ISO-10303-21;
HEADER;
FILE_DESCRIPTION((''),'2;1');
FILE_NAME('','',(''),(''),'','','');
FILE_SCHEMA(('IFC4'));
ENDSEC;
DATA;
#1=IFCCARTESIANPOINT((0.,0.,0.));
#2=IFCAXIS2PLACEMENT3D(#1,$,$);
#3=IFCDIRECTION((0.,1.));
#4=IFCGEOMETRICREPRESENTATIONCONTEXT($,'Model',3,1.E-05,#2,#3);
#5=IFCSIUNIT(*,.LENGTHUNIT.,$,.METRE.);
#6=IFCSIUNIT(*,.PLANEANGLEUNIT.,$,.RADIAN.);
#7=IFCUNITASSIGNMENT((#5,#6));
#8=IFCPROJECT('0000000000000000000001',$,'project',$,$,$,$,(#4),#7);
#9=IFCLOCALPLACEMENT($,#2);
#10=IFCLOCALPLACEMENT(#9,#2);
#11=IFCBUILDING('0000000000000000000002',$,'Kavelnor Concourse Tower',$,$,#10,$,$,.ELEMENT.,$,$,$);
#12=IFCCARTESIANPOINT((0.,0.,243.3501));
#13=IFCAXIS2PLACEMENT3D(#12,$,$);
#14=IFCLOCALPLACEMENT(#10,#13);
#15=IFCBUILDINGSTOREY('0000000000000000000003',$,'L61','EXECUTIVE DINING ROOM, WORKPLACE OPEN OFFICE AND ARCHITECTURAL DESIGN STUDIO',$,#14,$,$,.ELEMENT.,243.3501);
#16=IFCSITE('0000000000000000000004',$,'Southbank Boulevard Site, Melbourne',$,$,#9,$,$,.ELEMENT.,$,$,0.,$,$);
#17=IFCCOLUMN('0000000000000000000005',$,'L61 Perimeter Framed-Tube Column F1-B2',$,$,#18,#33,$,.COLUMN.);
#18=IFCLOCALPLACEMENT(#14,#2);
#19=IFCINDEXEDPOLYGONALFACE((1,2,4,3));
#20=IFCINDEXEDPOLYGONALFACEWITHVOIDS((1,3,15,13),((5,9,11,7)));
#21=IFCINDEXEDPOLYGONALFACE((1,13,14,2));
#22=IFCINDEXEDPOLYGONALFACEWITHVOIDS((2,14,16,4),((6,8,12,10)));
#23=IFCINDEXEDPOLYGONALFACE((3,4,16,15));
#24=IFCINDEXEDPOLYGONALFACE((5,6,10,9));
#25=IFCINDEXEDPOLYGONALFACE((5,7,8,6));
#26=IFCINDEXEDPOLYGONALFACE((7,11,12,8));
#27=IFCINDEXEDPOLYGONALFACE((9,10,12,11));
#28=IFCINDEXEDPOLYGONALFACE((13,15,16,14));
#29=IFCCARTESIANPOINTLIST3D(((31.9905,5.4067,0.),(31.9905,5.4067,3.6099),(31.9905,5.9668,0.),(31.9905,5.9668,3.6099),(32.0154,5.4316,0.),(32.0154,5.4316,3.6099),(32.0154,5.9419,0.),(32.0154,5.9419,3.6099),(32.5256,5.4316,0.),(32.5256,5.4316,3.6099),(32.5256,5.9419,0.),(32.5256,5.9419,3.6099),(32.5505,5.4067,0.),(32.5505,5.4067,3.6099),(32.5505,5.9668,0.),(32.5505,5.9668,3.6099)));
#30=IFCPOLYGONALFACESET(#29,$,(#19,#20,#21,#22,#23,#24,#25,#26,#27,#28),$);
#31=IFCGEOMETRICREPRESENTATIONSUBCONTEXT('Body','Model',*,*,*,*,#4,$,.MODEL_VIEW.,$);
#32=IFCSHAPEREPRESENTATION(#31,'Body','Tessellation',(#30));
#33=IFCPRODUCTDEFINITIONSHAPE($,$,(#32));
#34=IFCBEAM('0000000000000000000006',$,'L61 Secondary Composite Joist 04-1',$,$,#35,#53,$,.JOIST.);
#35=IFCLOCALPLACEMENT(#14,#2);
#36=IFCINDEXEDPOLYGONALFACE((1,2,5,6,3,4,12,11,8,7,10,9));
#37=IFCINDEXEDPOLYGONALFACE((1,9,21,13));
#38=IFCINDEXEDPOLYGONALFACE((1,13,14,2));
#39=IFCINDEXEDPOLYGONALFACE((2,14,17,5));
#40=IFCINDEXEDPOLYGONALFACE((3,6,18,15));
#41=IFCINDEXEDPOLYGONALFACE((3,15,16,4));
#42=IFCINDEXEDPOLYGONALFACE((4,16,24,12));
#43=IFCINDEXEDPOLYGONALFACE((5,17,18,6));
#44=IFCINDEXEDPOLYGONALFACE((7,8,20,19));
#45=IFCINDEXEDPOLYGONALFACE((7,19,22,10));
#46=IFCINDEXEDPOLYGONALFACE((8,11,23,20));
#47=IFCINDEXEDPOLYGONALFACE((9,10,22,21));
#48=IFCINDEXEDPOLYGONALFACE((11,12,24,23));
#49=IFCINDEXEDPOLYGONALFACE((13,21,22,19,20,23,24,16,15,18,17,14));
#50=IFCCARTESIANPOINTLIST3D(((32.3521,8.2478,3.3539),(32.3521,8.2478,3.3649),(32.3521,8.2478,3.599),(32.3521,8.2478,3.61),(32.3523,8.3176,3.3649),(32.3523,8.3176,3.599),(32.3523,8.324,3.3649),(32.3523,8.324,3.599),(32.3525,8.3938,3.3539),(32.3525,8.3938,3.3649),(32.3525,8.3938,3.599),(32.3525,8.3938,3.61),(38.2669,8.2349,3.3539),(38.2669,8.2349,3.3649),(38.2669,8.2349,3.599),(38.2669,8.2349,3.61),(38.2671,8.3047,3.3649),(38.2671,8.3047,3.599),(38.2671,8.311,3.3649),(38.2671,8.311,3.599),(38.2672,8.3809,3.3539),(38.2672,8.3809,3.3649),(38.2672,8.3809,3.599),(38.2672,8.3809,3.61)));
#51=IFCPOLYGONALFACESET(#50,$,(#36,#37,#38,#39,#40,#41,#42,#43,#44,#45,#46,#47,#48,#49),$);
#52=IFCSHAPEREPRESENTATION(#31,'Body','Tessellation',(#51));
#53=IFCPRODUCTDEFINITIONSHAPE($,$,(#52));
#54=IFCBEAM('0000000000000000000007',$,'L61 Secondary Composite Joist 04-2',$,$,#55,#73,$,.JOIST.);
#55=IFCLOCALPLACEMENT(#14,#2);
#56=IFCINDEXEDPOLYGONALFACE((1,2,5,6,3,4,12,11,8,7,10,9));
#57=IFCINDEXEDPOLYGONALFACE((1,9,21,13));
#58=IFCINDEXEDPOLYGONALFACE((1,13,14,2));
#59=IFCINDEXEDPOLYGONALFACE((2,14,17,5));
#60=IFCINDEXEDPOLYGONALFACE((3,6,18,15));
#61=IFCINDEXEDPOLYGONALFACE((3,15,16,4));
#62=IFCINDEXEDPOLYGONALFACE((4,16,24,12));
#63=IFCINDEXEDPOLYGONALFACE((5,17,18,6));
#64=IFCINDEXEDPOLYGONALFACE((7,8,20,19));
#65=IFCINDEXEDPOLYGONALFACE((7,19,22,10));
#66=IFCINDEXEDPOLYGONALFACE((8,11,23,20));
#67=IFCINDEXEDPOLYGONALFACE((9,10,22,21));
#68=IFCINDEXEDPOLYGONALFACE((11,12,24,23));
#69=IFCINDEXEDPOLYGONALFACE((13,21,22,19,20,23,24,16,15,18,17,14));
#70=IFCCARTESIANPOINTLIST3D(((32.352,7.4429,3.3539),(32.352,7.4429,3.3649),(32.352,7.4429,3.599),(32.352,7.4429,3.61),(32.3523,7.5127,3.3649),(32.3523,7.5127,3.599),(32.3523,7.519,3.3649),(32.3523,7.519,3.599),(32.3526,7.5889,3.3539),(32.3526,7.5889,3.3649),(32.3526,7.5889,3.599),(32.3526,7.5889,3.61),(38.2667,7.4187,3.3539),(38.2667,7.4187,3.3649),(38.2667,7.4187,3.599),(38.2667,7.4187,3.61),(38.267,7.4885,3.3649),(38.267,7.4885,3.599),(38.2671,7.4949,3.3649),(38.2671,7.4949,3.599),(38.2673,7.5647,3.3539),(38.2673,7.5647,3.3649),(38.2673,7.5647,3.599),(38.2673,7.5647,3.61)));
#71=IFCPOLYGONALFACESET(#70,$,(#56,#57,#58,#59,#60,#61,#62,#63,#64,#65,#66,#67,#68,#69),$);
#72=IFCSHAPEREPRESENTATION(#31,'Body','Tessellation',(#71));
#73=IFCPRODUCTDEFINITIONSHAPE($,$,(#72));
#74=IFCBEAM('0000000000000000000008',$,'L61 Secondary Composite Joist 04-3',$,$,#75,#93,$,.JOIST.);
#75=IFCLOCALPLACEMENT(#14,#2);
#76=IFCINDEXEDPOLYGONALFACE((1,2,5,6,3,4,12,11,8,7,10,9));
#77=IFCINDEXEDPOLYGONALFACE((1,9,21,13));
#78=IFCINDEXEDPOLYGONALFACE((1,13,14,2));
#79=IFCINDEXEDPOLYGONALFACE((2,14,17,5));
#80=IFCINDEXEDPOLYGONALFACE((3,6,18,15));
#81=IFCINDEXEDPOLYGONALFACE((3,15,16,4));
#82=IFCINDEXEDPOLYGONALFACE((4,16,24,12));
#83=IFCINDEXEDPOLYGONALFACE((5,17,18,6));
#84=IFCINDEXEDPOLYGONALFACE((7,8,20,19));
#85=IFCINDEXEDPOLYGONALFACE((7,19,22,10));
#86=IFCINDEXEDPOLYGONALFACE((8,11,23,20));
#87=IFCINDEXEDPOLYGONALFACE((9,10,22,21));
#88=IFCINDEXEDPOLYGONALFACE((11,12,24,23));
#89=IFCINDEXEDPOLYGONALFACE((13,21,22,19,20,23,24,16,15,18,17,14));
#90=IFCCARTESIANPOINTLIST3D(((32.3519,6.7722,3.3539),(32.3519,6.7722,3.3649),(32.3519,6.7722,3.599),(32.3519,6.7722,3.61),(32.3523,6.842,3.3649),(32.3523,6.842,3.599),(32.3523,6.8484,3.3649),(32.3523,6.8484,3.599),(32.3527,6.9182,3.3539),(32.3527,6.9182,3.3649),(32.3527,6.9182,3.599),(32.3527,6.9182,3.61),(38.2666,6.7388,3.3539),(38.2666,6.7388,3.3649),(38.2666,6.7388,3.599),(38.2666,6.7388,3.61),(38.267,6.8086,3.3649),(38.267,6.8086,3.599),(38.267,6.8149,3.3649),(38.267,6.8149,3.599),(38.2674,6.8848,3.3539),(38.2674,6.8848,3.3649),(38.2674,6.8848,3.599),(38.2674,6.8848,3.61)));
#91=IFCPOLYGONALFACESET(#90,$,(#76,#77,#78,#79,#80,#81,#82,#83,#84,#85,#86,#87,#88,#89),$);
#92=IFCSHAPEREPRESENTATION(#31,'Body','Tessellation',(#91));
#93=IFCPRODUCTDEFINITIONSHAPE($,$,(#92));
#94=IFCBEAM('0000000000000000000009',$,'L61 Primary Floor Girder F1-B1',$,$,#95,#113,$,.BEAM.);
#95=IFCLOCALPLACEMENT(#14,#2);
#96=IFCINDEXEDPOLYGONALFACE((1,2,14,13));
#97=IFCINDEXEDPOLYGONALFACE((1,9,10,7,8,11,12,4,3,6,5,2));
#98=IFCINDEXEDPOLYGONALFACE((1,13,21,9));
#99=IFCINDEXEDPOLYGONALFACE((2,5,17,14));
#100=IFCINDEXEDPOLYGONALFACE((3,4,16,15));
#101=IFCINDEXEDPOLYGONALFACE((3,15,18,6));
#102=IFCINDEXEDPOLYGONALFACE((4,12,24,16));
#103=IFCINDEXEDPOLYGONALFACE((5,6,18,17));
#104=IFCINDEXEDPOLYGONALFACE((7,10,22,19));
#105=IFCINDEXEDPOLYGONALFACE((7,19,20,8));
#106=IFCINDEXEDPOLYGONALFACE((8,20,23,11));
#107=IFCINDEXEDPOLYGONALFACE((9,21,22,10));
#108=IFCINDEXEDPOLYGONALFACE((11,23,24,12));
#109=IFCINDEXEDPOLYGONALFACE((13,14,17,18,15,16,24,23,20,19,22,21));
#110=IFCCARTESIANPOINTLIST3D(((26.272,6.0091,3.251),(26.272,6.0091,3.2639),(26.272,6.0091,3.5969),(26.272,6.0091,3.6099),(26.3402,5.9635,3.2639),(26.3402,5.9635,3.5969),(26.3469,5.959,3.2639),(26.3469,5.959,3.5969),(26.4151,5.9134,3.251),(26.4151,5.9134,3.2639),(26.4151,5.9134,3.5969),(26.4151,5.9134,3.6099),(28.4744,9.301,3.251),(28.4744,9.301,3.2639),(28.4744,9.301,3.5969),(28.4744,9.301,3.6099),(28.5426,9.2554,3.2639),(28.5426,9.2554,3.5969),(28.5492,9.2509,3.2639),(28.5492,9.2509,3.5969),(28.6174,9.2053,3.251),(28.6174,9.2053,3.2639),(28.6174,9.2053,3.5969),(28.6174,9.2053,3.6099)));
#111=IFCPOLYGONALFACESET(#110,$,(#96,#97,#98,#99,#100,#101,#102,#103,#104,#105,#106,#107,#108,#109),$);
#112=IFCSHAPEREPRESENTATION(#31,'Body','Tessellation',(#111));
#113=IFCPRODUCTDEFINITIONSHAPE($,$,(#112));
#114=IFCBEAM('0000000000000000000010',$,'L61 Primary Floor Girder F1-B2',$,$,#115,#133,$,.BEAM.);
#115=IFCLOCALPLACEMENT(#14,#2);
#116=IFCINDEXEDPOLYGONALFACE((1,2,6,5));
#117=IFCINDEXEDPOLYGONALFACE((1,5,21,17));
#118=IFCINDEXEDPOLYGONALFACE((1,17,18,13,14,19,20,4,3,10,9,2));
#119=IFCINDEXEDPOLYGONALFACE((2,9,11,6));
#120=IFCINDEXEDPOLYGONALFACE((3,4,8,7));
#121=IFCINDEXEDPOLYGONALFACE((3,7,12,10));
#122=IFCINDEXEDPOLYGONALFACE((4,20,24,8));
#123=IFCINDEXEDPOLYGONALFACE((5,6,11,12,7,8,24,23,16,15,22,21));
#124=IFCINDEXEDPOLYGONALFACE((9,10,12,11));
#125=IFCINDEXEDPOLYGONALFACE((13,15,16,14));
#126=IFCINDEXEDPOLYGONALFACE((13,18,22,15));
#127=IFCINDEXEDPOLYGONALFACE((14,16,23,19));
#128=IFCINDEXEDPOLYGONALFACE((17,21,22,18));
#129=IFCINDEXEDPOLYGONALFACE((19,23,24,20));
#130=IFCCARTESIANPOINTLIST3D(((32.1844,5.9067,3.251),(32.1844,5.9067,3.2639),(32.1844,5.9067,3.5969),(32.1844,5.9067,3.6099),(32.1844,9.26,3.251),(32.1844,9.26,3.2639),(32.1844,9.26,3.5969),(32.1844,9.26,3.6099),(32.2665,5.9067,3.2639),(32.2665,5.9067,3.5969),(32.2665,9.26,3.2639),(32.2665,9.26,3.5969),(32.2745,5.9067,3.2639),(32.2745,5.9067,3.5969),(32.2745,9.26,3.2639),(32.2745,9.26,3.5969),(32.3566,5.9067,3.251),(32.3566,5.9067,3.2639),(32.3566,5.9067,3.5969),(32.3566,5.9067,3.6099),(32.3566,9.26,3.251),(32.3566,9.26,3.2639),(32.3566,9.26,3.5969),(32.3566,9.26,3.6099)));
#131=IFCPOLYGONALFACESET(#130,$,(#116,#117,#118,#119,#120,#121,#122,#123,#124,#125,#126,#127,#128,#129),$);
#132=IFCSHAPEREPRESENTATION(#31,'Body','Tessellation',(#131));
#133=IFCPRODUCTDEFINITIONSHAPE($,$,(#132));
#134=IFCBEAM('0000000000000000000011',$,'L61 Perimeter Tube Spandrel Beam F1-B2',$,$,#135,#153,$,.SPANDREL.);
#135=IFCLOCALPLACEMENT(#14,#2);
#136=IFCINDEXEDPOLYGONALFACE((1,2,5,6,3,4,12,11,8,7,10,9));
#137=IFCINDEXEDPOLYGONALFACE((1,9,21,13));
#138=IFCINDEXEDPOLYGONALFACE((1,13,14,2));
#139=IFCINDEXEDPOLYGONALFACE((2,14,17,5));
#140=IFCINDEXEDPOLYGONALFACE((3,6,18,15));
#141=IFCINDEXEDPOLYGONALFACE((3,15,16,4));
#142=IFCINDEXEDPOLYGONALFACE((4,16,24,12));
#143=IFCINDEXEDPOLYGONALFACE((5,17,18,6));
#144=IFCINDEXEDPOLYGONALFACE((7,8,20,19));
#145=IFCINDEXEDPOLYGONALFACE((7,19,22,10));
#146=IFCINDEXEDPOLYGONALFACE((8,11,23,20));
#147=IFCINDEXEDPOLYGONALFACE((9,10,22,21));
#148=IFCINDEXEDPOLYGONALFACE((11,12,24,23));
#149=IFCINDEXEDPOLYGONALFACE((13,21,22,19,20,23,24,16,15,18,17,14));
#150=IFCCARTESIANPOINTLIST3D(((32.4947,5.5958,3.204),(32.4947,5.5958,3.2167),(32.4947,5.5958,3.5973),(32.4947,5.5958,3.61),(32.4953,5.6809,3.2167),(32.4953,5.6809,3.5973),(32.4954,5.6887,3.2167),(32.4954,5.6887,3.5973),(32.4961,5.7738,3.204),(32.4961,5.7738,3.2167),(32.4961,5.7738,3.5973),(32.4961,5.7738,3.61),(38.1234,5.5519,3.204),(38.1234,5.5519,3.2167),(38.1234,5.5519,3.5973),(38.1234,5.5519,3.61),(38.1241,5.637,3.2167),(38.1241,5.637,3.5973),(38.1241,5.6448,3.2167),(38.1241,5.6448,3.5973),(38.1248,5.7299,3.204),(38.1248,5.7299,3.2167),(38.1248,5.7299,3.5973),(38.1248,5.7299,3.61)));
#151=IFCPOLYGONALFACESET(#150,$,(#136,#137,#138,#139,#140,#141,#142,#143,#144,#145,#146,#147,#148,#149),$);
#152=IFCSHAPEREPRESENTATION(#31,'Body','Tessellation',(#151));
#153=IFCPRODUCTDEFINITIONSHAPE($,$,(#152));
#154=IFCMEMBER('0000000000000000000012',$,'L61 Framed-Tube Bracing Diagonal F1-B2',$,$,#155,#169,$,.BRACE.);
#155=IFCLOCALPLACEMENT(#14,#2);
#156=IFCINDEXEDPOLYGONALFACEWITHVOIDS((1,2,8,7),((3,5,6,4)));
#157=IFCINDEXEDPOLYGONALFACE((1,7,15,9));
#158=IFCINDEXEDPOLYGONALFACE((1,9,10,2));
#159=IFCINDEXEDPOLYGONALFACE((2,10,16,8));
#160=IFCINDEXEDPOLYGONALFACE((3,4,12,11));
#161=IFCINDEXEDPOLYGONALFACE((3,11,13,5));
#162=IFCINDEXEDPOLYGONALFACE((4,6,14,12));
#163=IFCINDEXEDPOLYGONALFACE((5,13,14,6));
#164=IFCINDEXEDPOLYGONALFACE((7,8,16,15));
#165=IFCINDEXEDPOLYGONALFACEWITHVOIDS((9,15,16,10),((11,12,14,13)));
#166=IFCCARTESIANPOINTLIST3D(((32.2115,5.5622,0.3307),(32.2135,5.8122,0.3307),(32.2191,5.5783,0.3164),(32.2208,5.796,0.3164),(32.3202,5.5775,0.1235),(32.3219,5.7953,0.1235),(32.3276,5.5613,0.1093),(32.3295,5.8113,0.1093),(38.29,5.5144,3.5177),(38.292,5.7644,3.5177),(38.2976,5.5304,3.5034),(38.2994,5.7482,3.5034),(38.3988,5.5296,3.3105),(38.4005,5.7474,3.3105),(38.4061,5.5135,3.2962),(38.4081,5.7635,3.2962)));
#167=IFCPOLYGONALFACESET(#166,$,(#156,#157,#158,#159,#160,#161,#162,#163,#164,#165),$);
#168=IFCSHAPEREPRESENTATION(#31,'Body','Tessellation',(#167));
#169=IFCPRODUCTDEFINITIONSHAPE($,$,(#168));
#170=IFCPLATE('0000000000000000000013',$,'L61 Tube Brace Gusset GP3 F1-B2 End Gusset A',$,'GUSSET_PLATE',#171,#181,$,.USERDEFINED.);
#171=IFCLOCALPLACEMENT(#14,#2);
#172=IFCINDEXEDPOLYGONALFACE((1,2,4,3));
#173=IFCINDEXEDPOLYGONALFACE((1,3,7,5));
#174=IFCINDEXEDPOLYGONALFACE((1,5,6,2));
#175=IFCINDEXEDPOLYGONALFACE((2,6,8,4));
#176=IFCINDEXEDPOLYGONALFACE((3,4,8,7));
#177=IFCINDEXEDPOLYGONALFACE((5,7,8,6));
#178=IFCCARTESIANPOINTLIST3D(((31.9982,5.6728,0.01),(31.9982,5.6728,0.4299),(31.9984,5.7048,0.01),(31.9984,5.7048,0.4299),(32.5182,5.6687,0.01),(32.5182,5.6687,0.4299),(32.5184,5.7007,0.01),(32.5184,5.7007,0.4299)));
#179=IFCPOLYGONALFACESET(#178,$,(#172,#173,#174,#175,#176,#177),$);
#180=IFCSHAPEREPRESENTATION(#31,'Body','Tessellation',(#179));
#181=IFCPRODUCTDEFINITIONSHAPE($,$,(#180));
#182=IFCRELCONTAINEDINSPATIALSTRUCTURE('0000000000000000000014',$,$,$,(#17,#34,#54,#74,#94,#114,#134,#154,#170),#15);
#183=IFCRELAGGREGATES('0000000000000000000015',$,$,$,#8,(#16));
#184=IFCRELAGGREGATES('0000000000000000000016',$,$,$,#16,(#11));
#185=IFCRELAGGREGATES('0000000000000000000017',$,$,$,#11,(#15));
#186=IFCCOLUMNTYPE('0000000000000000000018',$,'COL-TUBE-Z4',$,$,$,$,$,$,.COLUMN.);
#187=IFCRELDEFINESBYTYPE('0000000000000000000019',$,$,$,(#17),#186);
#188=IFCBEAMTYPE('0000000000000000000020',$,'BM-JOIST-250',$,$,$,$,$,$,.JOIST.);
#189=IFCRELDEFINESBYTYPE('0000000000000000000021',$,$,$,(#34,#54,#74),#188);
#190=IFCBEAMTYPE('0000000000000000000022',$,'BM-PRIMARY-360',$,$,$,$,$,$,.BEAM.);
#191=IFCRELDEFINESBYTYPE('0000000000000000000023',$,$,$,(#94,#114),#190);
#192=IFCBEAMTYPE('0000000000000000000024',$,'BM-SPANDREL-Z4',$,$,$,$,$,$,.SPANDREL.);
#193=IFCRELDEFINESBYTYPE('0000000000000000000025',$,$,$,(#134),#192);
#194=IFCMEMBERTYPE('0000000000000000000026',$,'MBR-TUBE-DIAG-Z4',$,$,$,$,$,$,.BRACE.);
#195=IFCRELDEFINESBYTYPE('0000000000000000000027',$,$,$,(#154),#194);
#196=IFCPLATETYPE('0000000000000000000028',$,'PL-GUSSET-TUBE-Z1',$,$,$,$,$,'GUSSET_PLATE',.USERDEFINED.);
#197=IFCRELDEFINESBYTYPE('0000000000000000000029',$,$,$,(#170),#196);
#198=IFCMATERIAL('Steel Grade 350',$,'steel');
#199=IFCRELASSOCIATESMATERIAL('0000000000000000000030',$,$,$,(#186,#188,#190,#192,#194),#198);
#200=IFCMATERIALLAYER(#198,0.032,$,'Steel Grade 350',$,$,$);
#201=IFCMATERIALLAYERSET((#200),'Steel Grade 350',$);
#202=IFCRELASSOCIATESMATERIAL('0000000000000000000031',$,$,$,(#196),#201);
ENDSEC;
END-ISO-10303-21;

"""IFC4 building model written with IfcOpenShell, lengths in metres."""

from ifc_helpers import new_model, si_unit, direction, frame, origin, origin_2d, place, context, subcontext, project, spatial, rectangle, hollow_rectangle, i_section, extrude, material, layer, layer_set, material_profile, profile_set, type_object, element, save


model = new_model("IFC4")

# Units and contexts
model_context = context("Model", 3, precision=1e-05, world=origin(), true_north=direction((0.0, 1.0)))
body_context = subcontext(model_context, "Body", "Model", "MODEL_VIEW")
ifc_project = project(units=[si_unit("LENGTHUNIT", "METRE"), si_unit("PLANEANGLEUNIT", "RADIAN")], contexts=[model_context])

# Site, building, storey
site_placement = place(None, origin())
site = spatial("IfcSite", under=ifc_project, at=site_placement, Name="Southbank Boulevard Site, Melbourne", CompositionType="ELEMENT", RefElevation=0.0)
building_placement = place(site_placement, origin())
building = spatial("IfcBuilding", under=site, at=building_placement, Name="Kavelnor Concourse Tower", CompositionType="ELEMENT")
storey_placement = place(building_placement, frame((0.0, 0.0, 243.3501)))
storey = spatial("IfcBuildingStorey", under=building, at=storey_placement, Name="L61", Description="EXECUTIVE DINING ROOM, WORKPLACE OPEN OFFICE AND ARCHITECTURAL DESIGN STUDIO", CompositionType="ELEMENT", Elevation=243.3501)

# Column
ifc_material_1 = material(Name="Steel Grade 350", Category="steel")
ifc_material_profile_1 = material_profile(ifc_material_1, hollow_rectangle(XDim=0.5601, YDim=0.5601, WallThickness=0.0249, at=origin_2d()), Name="SHS 560x560x25")
ifc_profile_set_1 = profile_set([ifc_material_profile_1], Name="Steel Grade 350")
column_type = type_object("IfcColumnType", Name="COL-TUBE-Z4", PredefinedType="COLUMN", material=ifc_profile_set_1)
column_placement = place(storey_placement, frame((32.2705, 5.6868, 0.0), z_axis=(0.0, 0.0, 1.0), x_axis=(1.0, 0.0, 0.0)))
element("IfcColumn", 1, at=column_placement, inside=storey, type_object=column_type, Name="L61 Perimeter Framed-Tube Column F1-B2", PredefinedType="COLUMN", context=body_context, shape_type="SweptSolid", body=[
    extrude(hollow_rectangle(XDim=0.5601, YDim=0.5601, WallThickness=0.0249, at=origin_2d()), origin(), (0.0, 0.0, 1.0), 3.6099),
])

# Beams
ifc_material_profile_2 = material_profile(ifc_material_1, i_section(OverallWidth=0.146, OverallDepth=0.2561, WebThickness=0.0063, FlangeThickness=0.011, at=origin_2d()), Name="250UB37")
ifc_profile_set_2 = profile_set([ifc_material_profile_2], Name="Steel Grade 350")
beam_type_1 = type_object("IfcBeamType", Name="BM-JOIST-250", PredefinedType="JOIST", material=ifc_profile_set_2)
for number, where, z_axis, x_axis, name in (
    (2, (32.3523, 8.3208, 3.4819), (0.999998, -0.002188, 0.0), (0.002188, 0.999998, 0.0), "L61 Secondary Composite Joist 04-1"),
    (3, (32.3523, 7.5159, 3.4819), (0.999992, -0.004086, 0.0), (0.004086, 0.999992, 0.0), "L61 Secondary Composite Joist 04-2"),
    (4, (32.3523, 6.8452, 3.4819), (0.999984, -0.005655, 0.0), (0.005655, 0.999984, 0.0), "L61 Secondary Composite Joist 04-3"),
):
    element("IfcBeam", number, at=place(storey_placement, frame(where, z_axis=z_axis, x_axis=x_axis)), inside=storey, type_object=beam_type_1, Name=name, PredefinedType="JOIST", context=body_context, shape_type="SweptSolid", body=[
        extrude(i_section(OverallWidth=0.146, OverallDepth=0.2561, WebThickness=0.0063, FlangeThickness=0.011, at=origin_2d()), origin(), (0.0, 0.0, 1.0), 5.9148),
    ])
ifc_material_profile_3 = material_profile(ifc_material_1, i_section(OverallWidth=0.1721, OverallDepth=0.3589, WebThickness=0.0081, FlangeThickness=0.0129, at=origin_2d()), Name="360UB56")
ifc_profile_set_3 = profile_set([ifc_material_profile_3], Name="Steel Grade 350")
beam_type_2 = type_object("IfcBeamType", Name="BM-PRIMARY-360", PredefinedType="BEAM", material=ifc_profile_set_3)
beam_1_placement = place(storey_placement, frame((28.5459, 9.2532, 3.4304), z_axis=(-0.556051, -0.831148, 0.0), x_axis=(0.831148, -0.556051, 0.0)))
element("IfcBeam", 5, at=beam_1_placement, inside=storey, type_object=beam_type_2, Name="L61 Primary Floor Girder F1-B1", PredefinedType="BEAM", context=body_context, shape_type="SweptSolid", body=[
    extrude(i_section(OverallWidth=0.1721, OverallDepth=0.3589, WebThickness=0.0081, FlangeThickness=0.0129, at=origin_2d()), origin(), (0.0, 0.0, 1.0), 3.9607),
])
beam_2_placement = place(storey_placement, frame((32.2705, 9.26, 3.4304), z_axis=(0.0, -1.0, 0.0), x_axis=(1.0, 0.0, 0.0)))
element("IfcBeam", 6, at=beam_2_placement, inside=storey, type_object=beam_type_2, Name="L61 Primary Floor Girder F1-B2", PredefinedType="BEAM", context=body_context, shape_type="SweptSolid", body=[
    extrude(i_section(OverallWidth=0.1721, OverallDepth=0.3589, WebThickness=0.0081, FlangeThickness=0.0129, at=origin_2d()), origin(), (0.0, 0.0, 1.0), 3.3533),
])
ifc_material_profile_4 = material_profile(ifc_material_1, i_section(OverallWidth=0.178, OverallDepth=0.406, WebThickness=0.0078, FlangeThickness=0.0127, at=origin_2d()), Name="410UB59")
ifc_profile_set_4 = profile_set([ifc_material_profile_4], Name="Steel Grade 350")
beam_type_3 = type_object("IfcBeamType", Name="BM-SPANDREL-Z4", PredefinedType="SPANDREL", material=ifc_profile_set_4)
beam_3_placement = place(storey_placement, frame((32.4954, 5.6848, 3.407), z_axis=(0.99997, -0.007807, 0.0), x_axis=(0.007807, 0.99997, 0.0)))
element("IfcBeam", 7, at=beam_3_placement, inside=storey, type_object=beam_type_3, Name="L61 Perimeter Tube Spandrel Beam F1-B2", PredefinedType="SPANDREL", context=body_context, shape_type="SweptSolid", body=[
    extrude(i_section(OverallWidth=0.178, OverallDepth=0.406, WebThickness=0.0078, FlangeThickness=0.0127, at=origin_2d()), origin(), (0.0, 0.0, 1.0), 5.6289),
])

# Member
ifc_material_profile_5 = material_profile(ifc_material_1, hollow_rectangle(XDim=0.25, YDim=0.25, WallThickness=0.0161, at=origin_2d()), Name="SHS 250x250x16")
ifc_profile_set_5 = profile_set([ifc_material_profile_5], Name="Steel Grade 350")
member_type = type_object("IfcMemberType", Name="MBR-TUBE-DIAG-Z4", PredefinedType="BRACE", material=ifc_profile_set_5)
member_placement = place(storey_placement, frame((32.2705, 5.6868, 0.22), z_axis=(0.885632, -0.006972, 0.464336), x_axis=(0.007872, 0.999969, 0.0)))
element("IfcMember", 8, at=member_placement, inside=storey, type_object=member_type, Name="L61 Framed-Tube Bracing Diagonal F1-B2", PredefinedType="BRACE", context=body_context, shape_type="SweptSolid", body=[
    extrude(hollow_rectangle(XDim=0.25, YDim=0.25, WallThickness=0.0161, at=origin_2d()), origin(), (0.0, 0.0, 1.0), 6.8635),
])

# Plate
ifc_layer_1 = layer(ifc_material_1, 0.032, Name="Steel Grade 350")
ifc_layer_set_1 = layer_set([ifc_layer_1], Name="Steel Grade 350")
plate_type = type_object("IfcPlateType", Name="PL-GUSSET-TUBE-Z1", ElementType="GUSSET_PLATE", PredefinedType="USERDEFINED", material=ifc_layer_set_1)
plate_placement = place(storey_placement, frame((32.2583, 5.6868, 0.01), z_axis=(0.0, 0.0, 1.0), x_axis=(0.999969, -0.007854, 0.0)))
element("IfcPlate", 9, at=plate_placement, inside=storey, type_object=plate_type, Name="L61 Tube Brace Gusset GP3 F1-B2 End Gusset A", ObjectType="GUSSET_PLATE", PredefinedType="USERDEFINED", context=body_context, shape_type="SweptSolid", body=[
    extrude(rectangle(XDim=0.52, YDim=0.032, at=origin_2d()), origin(), (0.0, 0.0, 1.0), 0.4199),
])

save(model, "model.ifc")
